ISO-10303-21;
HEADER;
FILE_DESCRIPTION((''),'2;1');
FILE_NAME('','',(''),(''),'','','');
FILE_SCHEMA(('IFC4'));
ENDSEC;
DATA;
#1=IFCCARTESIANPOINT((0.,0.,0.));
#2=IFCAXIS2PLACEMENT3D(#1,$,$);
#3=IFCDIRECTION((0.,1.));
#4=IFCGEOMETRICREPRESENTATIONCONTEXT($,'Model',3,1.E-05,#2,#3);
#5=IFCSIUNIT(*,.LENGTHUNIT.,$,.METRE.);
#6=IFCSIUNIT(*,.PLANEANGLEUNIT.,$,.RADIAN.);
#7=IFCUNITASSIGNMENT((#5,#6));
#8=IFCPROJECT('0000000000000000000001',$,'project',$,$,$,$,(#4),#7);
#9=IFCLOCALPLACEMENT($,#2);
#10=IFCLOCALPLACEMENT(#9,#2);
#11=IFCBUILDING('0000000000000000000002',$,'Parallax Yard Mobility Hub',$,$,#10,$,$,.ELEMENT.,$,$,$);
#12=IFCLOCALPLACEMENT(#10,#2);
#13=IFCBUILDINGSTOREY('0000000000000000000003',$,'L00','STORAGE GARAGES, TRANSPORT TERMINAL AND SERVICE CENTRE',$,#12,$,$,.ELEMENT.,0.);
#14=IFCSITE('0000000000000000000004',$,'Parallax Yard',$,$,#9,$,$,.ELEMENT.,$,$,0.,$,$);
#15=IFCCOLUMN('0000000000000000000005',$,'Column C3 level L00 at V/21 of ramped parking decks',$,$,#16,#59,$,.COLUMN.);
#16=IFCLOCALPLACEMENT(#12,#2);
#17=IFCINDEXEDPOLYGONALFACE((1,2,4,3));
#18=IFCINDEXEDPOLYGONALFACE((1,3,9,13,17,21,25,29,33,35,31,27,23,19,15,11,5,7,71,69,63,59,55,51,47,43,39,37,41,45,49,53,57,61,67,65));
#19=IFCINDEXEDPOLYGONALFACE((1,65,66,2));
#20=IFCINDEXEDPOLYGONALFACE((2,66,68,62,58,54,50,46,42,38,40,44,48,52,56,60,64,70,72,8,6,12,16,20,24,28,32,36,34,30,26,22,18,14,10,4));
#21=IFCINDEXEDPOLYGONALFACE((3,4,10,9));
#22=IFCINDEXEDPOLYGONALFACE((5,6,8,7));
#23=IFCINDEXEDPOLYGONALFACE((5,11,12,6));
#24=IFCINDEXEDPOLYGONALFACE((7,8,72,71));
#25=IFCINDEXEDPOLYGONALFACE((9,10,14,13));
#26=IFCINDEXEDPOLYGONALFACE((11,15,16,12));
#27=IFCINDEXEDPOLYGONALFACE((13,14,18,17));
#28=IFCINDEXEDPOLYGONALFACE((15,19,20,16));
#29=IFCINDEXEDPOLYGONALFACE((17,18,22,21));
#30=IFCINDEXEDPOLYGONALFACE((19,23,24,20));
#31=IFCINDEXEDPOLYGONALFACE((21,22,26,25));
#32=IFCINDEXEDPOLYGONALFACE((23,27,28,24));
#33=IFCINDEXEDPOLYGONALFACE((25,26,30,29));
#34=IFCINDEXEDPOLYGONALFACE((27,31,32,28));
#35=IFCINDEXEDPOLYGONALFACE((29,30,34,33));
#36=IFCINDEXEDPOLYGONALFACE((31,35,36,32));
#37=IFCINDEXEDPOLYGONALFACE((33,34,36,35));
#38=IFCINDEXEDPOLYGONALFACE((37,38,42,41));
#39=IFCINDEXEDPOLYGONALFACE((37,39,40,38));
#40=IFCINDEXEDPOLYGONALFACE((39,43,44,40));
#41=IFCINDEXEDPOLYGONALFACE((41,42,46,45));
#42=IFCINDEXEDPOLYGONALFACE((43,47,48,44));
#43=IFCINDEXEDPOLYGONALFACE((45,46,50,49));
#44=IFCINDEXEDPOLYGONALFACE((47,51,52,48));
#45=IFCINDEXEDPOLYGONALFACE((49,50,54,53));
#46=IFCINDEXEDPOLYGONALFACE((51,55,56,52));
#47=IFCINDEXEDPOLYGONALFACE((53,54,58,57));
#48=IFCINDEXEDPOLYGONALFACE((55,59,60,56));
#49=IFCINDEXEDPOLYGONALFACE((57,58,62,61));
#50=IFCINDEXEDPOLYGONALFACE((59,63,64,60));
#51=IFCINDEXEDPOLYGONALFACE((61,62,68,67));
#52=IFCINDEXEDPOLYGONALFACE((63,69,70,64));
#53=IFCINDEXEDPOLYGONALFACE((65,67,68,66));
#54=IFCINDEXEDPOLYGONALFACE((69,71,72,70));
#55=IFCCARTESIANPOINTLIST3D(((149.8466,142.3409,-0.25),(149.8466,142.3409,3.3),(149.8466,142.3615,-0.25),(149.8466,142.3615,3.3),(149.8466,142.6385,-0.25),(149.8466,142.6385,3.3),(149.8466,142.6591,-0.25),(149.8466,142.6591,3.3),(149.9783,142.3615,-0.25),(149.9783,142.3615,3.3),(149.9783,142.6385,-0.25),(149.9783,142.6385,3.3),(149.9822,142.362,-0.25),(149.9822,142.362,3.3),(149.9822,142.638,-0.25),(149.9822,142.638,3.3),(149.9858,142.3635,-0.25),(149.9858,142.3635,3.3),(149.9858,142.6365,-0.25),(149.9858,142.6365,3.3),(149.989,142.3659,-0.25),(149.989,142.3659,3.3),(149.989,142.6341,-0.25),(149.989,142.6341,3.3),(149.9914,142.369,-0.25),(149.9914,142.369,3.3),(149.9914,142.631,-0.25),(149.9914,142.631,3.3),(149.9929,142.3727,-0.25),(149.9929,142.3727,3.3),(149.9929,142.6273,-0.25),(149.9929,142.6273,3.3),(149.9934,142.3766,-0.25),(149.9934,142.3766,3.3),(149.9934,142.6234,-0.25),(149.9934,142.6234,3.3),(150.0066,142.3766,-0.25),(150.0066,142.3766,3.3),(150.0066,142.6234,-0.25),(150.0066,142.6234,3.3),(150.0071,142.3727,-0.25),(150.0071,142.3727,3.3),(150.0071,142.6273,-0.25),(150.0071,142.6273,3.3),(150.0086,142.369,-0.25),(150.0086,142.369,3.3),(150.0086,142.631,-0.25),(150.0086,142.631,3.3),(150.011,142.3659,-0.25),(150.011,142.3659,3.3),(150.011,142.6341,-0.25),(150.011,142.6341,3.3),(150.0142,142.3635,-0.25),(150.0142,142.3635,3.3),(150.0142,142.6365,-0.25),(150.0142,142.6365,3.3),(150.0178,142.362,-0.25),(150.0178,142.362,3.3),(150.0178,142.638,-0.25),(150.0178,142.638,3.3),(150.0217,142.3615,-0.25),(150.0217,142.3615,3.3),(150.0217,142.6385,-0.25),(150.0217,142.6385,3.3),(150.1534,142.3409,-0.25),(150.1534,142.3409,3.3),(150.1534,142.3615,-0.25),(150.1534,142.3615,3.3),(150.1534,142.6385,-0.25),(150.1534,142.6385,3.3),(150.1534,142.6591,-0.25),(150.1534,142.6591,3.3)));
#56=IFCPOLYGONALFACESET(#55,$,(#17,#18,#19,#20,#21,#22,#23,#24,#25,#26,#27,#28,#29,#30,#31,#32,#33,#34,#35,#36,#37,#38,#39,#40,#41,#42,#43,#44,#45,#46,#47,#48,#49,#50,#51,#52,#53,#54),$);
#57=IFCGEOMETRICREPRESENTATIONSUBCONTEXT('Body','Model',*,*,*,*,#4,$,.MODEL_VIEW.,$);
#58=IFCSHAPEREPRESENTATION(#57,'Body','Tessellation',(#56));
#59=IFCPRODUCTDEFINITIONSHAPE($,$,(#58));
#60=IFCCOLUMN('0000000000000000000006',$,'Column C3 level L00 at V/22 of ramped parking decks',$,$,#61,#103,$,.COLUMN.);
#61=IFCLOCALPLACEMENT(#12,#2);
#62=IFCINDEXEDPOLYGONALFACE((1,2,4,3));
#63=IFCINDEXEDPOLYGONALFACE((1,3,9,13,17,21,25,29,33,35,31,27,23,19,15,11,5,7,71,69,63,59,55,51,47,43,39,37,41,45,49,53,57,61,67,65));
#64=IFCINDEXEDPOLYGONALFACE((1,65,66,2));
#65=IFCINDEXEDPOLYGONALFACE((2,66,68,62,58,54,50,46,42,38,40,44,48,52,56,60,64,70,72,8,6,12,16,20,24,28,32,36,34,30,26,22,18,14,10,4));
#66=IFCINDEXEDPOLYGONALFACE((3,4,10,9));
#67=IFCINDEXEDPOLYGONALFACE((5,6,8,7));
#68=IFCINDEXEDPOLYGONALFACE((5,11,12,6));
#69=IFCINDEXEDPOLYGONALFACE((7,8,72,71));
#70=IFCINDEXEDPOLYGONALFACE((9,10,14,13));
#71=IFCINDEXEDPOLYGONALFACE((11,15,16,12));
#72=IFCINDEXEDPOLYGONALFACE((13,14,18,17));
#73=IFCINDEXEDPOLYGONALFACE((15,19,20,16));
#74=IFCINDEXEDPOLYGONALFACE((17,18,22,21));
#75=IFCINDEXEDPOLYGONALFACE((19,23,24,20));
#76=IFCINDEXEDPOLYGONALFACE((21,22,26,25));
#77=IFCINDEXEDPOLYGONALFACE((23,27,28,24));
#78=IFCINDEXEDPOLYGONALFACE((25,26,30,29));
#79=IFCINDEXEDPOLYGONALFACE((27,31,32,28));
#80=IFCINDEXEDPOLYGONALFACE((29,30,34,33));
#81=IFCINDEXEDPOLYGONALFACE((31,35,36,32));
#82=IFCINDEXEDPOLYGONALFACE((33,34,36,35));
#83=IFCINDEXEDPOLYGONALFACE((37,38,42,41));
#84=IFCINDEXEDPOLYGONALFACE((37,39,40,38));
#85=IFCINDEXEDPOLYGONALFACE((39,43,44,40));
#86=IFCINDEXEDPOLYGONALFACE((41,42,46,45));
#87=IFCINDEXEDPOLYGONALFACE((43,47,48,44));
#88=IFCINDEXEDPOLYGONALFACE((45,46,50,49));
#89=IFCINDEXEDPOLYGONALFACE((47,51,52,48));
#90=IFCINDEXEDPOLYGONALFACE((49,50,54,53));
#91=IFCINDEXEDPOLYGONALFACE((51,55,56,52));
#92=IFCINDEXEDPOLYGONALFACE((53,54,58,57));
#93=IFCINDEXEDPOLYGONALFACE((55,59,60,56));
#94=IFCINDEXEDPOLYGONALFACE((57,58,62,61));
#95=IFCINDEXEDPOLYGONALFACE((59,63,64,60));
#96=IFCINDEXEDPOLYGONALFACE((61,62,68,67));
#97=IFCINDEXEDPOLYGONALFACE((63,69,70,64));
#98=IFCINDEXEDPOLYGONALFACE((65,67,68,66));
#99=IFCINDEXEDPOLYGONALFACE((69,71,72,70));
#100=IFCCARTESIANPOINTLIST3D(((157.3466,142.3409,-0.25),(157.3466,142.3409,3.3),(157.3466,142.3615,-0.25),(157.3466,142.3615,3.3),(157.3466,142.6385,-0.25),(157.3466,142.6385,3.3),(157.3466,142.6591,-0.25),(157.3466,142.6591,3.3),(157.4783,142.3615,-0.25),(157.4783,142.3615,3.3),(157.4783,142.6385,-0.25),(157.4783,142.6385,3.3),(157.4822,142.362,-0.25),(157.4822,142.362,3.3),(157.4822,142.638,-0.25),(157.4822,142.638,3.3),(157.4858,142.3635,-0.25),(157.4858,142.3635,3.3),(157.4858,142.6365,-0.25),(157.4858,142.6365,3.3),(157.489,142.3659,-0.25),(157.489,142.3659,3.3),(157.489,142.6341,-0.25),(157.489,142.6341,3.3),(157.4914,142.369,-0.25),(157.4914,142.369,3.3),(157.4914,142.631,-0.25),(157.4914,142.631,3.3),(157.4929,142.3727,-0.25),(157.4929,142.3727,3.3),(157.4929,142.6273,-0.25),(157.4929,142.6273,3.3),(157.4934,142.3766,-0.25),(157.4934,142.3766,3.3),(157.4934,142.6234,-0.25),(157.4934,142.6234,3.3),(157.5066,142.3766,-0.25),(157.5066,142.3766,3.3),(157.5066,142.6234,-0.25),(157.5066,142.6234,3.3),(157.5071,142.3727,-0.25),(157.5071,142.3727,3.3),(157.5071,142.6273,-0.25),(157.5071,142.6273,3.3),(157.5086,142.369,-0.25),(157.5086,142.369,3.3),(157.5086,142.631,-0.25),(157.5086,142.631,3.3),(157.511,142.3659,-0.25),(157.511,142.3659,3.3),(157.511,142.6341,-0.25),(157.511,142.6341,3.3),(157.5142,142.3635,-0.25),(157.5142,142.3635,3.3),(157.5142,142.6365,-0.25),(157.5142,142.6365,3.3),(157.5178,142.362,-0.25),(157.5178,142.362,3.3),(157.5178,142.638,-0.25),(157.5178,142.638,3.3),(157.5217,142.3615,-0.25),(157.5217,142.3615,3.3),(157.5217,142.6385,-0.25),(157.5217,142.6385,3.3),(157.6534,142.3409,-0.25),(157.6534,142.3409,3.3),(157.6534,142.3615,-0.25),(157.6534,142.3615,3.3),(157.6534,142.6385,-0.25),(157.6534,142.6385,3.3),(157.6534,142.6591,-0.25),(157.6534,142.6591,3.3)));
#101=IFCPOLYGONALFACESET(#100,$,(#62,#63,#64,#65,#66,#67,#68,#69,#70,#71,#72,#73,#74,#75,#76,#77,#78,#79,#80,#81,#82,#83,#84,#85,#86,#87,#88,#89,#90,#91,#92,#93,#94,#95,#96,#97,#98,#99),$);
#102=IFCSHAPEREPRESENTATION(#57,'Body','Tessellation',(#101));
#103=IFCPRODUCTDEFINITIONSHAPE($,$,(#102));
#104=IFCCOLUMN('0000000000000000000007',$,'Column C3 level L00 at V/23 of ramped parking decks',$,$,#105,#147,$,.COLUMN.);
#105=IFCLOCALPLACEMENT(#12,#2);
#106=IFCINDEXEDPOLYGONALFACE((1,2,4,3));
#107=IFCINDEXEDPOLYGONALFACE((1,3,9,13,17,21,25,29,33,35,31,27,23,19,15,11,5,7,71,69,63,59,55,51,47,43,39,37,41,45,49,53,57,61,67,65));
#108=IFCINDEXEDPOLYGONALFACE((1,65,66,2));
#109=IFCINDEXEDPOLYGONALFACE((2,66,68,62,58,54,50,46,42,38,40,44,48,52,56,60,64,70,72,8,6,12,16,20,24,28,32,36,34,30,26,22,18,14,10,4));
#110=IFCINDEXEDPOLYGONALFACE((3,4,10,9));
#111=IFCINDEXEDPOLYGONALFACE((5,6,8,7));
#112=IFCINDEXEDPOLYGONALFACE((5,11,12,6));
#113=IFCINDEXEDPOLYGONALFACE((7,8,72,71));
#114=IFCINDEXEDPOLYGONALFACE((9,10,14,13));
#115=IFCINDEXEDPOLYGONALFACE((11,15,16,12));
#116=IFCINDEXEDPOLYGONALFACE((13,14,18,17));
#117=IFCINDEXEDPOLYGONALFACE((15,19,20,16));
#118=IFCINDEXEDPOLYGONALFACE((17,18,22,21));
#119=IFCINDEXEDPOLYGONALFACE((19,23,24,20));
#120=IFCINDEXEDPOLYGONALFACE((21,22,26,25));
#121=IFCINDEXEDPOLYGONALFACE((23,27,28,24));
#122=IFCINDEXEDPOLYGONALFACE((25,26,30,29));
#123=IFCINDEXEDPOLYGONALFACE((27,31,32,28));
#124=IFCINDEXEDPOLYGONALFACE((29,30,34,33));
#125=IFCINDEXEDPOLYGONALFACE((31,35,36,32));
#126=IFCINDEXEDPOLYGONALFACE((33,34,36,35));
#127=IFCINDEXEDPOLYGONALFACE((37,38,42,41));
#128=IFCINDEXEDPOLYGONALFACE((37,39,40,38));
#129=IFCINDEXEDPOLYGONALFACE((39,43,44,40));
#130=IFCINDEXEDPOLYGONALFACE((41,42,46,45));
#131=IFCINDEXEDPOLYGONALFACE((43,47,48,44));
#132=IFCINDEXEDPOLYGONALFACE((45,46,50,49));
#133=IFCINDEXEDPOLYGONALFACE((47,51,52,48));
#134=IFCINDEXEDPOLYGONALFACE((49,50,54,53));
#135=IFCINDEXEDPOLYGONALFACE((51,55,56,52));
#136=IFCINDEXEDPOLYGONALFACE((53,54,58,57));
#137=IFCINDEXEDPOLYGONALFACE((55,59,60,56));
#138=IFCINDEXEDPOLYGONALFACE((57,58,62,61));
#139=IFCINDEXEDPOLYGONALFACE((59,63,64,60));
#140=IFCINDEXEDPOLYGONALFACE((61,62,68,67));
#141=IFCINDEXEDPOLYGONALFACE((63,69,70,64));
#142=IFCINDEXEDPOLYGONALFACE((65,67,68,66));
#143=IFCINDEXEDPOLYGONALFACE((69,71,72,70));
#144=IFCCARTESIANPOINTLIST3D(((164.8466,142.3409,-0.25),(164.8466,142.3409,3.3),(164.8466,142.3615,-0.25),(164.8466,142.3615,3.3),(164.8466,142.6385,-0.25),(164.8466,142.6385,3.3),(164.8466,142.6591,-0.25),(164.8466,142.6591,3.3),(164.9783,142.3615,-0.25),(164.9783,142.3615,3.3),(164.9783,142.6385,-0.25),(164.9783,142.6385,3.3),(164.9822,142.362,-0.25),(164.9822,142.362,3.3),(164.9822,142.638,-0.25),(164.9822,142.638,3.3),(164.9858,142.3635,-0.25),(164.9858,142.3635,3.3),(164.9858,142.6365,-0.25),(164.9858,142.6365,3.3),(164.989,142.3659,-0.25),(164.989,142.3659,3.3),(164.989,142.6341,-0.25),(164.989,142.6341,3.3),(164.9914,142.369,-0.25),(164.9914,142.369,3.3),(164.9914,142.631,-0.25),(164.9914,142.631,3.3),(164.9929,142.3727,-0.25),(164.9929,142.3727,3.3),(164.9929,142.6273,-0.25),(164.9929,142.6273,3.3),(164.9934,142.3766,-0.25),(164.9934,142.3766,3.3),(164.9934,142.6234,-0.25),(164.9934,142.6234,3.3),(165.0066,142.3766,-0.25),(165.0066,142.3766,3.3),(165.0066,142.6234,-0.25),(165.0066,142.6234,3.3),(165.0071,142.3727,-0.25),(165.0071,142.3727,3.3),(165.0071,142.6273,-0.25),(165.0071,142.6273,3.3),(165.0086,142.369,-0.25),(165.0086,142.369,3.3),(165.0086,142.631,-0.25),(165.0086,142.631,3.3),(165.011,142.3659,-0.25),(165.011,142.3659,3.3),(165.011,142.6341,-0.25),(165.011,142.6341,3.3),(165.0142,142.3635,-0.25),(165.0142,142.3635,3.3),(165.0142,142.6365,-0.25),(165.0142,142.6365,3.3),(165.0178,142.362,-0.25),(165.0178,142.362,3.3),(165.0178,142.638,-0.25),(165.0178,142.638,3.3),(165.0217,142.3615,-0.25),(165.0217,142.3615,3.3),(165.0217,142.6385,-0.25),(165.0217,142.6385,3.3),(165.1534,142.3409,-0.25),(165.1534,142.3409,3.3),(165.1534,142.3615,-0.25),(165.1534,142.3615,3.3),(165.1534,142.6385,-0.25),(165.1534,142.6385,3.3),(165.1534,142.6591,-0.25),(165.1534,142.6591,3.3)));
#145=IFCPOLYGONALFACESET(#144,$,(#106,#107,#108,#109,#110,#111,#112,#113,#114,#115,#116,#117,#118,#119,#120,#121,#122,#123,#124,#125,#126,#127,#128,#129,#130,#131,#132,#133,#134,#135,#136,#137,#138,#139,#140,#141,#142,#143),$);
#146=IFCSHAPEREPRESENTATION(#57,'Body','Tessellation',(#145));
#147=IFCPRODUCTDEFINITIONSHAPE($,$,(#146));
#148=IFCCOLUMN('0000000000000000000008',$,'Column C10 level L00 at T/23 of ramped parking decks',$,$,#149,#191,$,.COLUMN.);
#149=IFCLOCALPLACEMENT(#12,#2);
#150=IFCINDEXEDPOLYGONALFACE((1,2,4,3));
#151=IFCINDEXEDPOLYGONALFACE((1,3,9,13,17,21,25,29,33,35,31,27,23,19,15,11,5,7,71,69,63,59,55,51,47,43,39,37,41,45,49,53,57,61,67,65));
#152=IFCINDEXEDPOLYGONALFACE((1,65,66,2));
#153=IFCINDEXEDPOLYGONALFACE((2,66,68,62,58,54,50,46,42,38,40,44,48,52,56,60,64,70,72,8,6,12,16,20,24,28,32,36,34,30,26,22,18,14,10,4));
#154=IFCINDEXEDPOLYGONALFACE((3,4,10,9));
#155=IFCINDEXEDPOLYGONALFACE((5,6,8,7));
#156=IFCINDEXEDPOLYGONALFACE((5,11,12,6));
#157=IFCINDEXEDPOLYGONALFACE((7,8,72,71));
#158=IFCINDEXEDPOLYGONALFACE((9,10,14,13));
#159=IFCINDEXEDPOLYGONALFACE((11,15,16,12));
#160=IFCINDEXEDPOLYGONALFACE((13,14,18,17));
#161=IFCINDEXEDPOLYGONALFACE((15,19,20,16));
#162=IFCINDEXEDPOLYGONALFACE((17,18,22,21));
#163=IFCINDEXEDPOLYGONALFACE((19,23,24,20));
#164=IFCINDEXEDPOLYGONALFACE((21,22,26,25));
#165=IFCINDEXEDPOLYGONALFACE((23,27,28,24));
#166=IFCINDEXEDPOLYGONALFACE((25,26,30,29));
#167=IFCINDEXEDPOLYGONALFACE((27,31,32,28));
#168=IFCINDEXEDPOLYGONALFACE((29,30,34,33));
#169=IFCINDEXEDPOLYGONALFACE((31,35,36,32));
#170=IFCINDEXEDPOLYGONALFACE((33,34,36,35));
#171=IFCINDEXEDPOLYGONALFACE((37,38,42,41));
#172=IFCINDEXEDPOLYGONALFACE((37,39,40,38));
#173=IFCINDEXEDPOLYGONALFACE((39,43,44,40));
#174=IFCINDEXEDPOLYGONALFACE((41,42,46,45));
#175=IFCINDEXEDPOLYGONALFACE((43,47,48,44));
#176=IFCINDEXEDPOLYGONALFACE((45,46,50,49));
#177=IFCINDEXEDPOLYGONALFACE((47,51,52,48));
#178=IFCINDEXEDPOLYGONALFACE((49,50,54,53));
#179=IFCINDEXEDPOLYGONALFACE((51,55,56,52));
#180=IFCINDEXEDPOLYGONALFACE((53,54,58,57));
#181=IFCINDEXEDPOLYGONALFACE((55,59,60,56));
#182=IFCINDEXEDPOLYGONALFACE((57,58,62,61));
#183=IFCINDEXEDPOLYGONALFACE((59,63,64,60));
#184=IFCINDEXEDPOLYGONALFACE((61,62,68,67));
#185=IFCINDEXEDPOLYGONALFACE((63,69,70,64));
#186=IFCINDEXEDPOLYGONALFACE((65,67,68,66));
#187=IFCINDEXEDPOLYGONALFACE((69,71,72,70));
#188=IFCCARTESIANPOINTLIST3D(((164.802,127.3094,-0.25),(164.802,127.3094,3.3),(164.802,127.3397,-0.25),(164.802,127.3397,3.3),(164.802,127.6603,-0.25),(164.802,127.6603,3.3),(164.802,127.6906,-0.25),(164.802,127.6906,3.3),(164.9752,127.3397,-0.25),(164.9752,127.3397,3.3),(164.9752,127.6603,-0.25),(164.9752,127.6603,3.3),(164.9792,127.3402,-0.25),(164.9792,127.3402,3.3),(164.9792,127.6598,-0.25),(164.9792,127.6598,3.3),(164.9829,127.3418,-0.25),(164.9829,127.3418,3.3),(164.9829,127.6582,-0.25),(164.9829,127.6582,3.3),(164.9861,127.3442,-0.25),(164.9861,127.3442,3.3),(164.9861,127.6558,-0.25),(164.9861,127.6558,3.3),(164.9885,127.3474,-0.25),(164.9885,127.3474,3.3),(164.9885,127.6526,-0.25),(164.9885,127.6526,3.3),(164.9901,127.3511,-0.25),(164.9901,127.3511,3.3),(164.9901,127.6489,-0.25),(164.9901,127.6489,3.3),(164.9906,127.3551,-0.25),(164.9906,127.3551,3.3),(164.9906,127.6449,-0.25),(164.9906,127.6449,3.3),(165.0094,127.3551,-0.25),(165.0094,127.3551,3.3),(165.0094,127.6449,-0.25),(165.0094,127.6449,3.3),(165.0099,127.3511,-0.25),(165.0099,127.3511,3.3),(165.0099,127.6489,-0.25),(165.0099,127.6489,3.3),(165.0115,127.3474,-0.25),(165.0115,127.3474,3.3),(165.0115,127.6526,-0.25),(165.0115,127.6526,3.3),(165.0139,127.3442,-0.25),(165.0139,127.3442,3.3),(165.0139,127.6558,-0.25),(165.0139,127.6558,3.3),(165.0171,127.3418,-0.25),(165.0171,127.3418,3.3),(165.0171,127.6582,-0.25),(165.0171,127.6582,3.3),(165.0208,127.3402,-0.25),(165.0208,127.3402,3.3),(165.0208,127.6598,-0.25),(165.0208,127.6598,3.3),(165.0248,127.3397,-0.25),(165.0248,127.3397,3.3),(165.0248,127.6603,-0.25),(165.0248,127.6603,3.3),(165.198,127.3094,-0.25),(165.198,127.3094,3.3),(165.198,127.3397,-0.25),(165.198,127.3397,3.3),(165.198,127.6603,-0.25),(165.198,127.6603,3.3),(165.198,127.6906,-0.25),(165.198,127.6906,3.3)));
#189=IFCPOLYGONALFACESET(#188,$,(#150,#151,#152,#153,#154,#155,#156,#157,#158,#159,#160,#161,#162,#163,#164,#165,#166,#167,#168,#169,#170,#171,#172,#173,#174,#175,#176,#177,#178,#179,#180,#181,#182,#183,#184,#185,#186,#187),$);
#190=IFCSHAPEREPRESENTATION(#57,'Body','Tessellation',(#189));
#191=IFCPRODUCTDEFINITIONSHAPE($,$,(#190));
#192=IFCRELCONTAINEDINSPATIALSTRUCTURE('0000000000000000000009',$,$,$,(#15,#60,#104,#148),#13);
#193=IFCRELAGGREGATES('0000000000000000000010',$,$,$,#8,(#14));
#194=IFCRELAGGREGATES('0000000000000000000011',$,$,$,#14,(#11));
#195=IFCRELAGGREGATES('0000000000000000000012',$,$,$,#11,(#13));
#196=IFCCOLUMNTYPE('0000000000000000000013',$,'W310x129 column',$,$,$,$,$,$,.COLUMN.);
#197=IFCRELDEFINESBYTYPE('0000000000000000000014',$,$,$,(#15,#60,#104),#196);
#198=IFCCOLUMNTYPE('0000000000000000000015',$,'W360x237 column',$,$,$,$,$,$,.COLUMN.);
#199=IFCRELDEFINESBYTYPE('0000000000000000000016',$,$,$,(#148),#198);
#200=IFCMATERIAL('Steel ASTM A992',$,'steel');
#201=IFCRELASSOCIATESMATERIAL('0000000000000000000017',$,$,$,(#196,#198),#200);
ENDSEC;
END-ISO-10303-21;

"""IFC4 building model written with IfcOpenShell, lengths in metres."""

from ifc_helpers import new_model, si_unit, direction, frame, origin, origin_2d, place, context, subcontext, project, spatial, i_section, extrude, material, material_profile, profile_set, type_object, element, save


model = new_model("IFC4")

# Units and contexts
model_context = context("Model", 3, precision=1e-05, world=origin(), true_north=direction((0.0, 1.0)))
body_context = subcontext(model_context, "Body", "Model", "MODEL_VIEW")
ifc_project = project(units=[si_unit("LENGTHUNIT", "METRE"), si_unit("PLANEANGLEUNIT", "RADIAN")], contexts=[model_context])

# Site, building, storey
site_placement = place(None, origin())
site = spatial("IfcSite", under=ifc_project, at=site_placement, Name="Parallax Yard", CompositionType="ELEMENT", RefElevation=0.0)
building_placement = place(site_placement, origin())
building = spatial("IfcBuilding", under=site, at=building_placement, Name="Parallax Yard Mobility Hub", CompositionType="ELEMENT")
storey_placement = place(building_placement, origin())
storey = spatial("IfcBuildingStorey", under=building, at=storey_placement, Name="L00", Description="STORAGE GARAGES, TRANSPORT TERMINAL AND SERVICE CENTRE", CompositionType="ELEMENT", Elevation=0.0)

# Columns
ifc_material_1 = material(Name="Steel ASTM A992", Category="steel")
ifc_material_profile_1 = material_profile(ifc_material_1, i_section(OverallWidth=0.3069, OverallDepth=0.3181, WebThickness=0.0132, FlangeThickness=0.0205, FilletRadius=0.0151, at=origin_2d()), Name="W310x129")
ifc_profile_set_1 = profile_set([ifc_material_profile_1], Name="Steel ASTM A992")
column_type_1 = type_object("IfcColumnType", Name="W310x129 column", PredefinedType="COLUMN", material=ifc_profile_set_1)
for number, where, z_axis, x_axis, name in (
    (1, (150.0, 142.5, -0.25), (0.0, 0.0, 1.0), (1.0, 0.0, 0.0), "Column C3 level L00 at V/21 of ramped parking decks"),
    (2, (157.5, 142.5, -0.25), (0.0, 0.0, 1.0), (1.0, 0.0, 0.0), "Column C3 level L00 at V/22 of ramped parking decks"),
    (3, (165.0, 142.5, -0.25), (0.0, 0.0, 1.0), (1.0, 0.0, 0.0), "Column C3 level L00 at V/23 of ramped parking decks"),
):
    element("IfcColumn", number, at=place(storey_placement, frame(where, z_axis=z_axis, x_axis=x_axis)), inside=storey, type_object=column_type_1, Name=name, PredefinedType="COLUMN", context=body_context, shape_type="SweptSolid", body=[
        extrude(i_section(OverallWidth=0.3069, OverallDepth=0.3181, WebThickness=0.0132, FlangeThickness=0.0205, FilletRadius=0.0151, at=origin_2d()), origin(), (0.0, 0.0, 1.0), 3.55),
    ])
ifc_material_profile_2 = material_profile(ifc_material_1, i_section(OverallWidth=0.396, OverallDepth=0.3811, WebThickness=0.0188, FlangeThickness=0.0303, FilletRadius=0.0154, at=origin_2d()), Name="W360x237")
ifc_profile_set_2 = profile_set([ifc_material_profile_2], Name="Steel ASTM A992")
column_type_2 = type_object("IfcColumnType", Name="W360x237 column", PredefinedType="COLUMN", material=ifc_profile_set_2)
column_placement = place(storey_placement, frame((165.0, 127.5, -0.25), z_axis=(0.0, 0.0, 1.0), x_axis=(1.0, 0.0, 0.0)))
element("IfcColumn", 4, at=column_placement, inside=storey, type_object=column_type_2, Name="Column C10 level L00 at T/23 of ramped parking decks", PredefinedType="COLUMN", context=body_context, shape_type="SweptSolid", body=[
    extrude(i_section(OverallWidth=0.396, OverallDepth=0.3811, WebThickness=0.0188, FlangeThickness=0.0303, FilletRadius=0.0154, at=origin_2d()), origin(), (0.0, 0.0, 1.0), 3.55),
])

save(model, "model.ifc")
